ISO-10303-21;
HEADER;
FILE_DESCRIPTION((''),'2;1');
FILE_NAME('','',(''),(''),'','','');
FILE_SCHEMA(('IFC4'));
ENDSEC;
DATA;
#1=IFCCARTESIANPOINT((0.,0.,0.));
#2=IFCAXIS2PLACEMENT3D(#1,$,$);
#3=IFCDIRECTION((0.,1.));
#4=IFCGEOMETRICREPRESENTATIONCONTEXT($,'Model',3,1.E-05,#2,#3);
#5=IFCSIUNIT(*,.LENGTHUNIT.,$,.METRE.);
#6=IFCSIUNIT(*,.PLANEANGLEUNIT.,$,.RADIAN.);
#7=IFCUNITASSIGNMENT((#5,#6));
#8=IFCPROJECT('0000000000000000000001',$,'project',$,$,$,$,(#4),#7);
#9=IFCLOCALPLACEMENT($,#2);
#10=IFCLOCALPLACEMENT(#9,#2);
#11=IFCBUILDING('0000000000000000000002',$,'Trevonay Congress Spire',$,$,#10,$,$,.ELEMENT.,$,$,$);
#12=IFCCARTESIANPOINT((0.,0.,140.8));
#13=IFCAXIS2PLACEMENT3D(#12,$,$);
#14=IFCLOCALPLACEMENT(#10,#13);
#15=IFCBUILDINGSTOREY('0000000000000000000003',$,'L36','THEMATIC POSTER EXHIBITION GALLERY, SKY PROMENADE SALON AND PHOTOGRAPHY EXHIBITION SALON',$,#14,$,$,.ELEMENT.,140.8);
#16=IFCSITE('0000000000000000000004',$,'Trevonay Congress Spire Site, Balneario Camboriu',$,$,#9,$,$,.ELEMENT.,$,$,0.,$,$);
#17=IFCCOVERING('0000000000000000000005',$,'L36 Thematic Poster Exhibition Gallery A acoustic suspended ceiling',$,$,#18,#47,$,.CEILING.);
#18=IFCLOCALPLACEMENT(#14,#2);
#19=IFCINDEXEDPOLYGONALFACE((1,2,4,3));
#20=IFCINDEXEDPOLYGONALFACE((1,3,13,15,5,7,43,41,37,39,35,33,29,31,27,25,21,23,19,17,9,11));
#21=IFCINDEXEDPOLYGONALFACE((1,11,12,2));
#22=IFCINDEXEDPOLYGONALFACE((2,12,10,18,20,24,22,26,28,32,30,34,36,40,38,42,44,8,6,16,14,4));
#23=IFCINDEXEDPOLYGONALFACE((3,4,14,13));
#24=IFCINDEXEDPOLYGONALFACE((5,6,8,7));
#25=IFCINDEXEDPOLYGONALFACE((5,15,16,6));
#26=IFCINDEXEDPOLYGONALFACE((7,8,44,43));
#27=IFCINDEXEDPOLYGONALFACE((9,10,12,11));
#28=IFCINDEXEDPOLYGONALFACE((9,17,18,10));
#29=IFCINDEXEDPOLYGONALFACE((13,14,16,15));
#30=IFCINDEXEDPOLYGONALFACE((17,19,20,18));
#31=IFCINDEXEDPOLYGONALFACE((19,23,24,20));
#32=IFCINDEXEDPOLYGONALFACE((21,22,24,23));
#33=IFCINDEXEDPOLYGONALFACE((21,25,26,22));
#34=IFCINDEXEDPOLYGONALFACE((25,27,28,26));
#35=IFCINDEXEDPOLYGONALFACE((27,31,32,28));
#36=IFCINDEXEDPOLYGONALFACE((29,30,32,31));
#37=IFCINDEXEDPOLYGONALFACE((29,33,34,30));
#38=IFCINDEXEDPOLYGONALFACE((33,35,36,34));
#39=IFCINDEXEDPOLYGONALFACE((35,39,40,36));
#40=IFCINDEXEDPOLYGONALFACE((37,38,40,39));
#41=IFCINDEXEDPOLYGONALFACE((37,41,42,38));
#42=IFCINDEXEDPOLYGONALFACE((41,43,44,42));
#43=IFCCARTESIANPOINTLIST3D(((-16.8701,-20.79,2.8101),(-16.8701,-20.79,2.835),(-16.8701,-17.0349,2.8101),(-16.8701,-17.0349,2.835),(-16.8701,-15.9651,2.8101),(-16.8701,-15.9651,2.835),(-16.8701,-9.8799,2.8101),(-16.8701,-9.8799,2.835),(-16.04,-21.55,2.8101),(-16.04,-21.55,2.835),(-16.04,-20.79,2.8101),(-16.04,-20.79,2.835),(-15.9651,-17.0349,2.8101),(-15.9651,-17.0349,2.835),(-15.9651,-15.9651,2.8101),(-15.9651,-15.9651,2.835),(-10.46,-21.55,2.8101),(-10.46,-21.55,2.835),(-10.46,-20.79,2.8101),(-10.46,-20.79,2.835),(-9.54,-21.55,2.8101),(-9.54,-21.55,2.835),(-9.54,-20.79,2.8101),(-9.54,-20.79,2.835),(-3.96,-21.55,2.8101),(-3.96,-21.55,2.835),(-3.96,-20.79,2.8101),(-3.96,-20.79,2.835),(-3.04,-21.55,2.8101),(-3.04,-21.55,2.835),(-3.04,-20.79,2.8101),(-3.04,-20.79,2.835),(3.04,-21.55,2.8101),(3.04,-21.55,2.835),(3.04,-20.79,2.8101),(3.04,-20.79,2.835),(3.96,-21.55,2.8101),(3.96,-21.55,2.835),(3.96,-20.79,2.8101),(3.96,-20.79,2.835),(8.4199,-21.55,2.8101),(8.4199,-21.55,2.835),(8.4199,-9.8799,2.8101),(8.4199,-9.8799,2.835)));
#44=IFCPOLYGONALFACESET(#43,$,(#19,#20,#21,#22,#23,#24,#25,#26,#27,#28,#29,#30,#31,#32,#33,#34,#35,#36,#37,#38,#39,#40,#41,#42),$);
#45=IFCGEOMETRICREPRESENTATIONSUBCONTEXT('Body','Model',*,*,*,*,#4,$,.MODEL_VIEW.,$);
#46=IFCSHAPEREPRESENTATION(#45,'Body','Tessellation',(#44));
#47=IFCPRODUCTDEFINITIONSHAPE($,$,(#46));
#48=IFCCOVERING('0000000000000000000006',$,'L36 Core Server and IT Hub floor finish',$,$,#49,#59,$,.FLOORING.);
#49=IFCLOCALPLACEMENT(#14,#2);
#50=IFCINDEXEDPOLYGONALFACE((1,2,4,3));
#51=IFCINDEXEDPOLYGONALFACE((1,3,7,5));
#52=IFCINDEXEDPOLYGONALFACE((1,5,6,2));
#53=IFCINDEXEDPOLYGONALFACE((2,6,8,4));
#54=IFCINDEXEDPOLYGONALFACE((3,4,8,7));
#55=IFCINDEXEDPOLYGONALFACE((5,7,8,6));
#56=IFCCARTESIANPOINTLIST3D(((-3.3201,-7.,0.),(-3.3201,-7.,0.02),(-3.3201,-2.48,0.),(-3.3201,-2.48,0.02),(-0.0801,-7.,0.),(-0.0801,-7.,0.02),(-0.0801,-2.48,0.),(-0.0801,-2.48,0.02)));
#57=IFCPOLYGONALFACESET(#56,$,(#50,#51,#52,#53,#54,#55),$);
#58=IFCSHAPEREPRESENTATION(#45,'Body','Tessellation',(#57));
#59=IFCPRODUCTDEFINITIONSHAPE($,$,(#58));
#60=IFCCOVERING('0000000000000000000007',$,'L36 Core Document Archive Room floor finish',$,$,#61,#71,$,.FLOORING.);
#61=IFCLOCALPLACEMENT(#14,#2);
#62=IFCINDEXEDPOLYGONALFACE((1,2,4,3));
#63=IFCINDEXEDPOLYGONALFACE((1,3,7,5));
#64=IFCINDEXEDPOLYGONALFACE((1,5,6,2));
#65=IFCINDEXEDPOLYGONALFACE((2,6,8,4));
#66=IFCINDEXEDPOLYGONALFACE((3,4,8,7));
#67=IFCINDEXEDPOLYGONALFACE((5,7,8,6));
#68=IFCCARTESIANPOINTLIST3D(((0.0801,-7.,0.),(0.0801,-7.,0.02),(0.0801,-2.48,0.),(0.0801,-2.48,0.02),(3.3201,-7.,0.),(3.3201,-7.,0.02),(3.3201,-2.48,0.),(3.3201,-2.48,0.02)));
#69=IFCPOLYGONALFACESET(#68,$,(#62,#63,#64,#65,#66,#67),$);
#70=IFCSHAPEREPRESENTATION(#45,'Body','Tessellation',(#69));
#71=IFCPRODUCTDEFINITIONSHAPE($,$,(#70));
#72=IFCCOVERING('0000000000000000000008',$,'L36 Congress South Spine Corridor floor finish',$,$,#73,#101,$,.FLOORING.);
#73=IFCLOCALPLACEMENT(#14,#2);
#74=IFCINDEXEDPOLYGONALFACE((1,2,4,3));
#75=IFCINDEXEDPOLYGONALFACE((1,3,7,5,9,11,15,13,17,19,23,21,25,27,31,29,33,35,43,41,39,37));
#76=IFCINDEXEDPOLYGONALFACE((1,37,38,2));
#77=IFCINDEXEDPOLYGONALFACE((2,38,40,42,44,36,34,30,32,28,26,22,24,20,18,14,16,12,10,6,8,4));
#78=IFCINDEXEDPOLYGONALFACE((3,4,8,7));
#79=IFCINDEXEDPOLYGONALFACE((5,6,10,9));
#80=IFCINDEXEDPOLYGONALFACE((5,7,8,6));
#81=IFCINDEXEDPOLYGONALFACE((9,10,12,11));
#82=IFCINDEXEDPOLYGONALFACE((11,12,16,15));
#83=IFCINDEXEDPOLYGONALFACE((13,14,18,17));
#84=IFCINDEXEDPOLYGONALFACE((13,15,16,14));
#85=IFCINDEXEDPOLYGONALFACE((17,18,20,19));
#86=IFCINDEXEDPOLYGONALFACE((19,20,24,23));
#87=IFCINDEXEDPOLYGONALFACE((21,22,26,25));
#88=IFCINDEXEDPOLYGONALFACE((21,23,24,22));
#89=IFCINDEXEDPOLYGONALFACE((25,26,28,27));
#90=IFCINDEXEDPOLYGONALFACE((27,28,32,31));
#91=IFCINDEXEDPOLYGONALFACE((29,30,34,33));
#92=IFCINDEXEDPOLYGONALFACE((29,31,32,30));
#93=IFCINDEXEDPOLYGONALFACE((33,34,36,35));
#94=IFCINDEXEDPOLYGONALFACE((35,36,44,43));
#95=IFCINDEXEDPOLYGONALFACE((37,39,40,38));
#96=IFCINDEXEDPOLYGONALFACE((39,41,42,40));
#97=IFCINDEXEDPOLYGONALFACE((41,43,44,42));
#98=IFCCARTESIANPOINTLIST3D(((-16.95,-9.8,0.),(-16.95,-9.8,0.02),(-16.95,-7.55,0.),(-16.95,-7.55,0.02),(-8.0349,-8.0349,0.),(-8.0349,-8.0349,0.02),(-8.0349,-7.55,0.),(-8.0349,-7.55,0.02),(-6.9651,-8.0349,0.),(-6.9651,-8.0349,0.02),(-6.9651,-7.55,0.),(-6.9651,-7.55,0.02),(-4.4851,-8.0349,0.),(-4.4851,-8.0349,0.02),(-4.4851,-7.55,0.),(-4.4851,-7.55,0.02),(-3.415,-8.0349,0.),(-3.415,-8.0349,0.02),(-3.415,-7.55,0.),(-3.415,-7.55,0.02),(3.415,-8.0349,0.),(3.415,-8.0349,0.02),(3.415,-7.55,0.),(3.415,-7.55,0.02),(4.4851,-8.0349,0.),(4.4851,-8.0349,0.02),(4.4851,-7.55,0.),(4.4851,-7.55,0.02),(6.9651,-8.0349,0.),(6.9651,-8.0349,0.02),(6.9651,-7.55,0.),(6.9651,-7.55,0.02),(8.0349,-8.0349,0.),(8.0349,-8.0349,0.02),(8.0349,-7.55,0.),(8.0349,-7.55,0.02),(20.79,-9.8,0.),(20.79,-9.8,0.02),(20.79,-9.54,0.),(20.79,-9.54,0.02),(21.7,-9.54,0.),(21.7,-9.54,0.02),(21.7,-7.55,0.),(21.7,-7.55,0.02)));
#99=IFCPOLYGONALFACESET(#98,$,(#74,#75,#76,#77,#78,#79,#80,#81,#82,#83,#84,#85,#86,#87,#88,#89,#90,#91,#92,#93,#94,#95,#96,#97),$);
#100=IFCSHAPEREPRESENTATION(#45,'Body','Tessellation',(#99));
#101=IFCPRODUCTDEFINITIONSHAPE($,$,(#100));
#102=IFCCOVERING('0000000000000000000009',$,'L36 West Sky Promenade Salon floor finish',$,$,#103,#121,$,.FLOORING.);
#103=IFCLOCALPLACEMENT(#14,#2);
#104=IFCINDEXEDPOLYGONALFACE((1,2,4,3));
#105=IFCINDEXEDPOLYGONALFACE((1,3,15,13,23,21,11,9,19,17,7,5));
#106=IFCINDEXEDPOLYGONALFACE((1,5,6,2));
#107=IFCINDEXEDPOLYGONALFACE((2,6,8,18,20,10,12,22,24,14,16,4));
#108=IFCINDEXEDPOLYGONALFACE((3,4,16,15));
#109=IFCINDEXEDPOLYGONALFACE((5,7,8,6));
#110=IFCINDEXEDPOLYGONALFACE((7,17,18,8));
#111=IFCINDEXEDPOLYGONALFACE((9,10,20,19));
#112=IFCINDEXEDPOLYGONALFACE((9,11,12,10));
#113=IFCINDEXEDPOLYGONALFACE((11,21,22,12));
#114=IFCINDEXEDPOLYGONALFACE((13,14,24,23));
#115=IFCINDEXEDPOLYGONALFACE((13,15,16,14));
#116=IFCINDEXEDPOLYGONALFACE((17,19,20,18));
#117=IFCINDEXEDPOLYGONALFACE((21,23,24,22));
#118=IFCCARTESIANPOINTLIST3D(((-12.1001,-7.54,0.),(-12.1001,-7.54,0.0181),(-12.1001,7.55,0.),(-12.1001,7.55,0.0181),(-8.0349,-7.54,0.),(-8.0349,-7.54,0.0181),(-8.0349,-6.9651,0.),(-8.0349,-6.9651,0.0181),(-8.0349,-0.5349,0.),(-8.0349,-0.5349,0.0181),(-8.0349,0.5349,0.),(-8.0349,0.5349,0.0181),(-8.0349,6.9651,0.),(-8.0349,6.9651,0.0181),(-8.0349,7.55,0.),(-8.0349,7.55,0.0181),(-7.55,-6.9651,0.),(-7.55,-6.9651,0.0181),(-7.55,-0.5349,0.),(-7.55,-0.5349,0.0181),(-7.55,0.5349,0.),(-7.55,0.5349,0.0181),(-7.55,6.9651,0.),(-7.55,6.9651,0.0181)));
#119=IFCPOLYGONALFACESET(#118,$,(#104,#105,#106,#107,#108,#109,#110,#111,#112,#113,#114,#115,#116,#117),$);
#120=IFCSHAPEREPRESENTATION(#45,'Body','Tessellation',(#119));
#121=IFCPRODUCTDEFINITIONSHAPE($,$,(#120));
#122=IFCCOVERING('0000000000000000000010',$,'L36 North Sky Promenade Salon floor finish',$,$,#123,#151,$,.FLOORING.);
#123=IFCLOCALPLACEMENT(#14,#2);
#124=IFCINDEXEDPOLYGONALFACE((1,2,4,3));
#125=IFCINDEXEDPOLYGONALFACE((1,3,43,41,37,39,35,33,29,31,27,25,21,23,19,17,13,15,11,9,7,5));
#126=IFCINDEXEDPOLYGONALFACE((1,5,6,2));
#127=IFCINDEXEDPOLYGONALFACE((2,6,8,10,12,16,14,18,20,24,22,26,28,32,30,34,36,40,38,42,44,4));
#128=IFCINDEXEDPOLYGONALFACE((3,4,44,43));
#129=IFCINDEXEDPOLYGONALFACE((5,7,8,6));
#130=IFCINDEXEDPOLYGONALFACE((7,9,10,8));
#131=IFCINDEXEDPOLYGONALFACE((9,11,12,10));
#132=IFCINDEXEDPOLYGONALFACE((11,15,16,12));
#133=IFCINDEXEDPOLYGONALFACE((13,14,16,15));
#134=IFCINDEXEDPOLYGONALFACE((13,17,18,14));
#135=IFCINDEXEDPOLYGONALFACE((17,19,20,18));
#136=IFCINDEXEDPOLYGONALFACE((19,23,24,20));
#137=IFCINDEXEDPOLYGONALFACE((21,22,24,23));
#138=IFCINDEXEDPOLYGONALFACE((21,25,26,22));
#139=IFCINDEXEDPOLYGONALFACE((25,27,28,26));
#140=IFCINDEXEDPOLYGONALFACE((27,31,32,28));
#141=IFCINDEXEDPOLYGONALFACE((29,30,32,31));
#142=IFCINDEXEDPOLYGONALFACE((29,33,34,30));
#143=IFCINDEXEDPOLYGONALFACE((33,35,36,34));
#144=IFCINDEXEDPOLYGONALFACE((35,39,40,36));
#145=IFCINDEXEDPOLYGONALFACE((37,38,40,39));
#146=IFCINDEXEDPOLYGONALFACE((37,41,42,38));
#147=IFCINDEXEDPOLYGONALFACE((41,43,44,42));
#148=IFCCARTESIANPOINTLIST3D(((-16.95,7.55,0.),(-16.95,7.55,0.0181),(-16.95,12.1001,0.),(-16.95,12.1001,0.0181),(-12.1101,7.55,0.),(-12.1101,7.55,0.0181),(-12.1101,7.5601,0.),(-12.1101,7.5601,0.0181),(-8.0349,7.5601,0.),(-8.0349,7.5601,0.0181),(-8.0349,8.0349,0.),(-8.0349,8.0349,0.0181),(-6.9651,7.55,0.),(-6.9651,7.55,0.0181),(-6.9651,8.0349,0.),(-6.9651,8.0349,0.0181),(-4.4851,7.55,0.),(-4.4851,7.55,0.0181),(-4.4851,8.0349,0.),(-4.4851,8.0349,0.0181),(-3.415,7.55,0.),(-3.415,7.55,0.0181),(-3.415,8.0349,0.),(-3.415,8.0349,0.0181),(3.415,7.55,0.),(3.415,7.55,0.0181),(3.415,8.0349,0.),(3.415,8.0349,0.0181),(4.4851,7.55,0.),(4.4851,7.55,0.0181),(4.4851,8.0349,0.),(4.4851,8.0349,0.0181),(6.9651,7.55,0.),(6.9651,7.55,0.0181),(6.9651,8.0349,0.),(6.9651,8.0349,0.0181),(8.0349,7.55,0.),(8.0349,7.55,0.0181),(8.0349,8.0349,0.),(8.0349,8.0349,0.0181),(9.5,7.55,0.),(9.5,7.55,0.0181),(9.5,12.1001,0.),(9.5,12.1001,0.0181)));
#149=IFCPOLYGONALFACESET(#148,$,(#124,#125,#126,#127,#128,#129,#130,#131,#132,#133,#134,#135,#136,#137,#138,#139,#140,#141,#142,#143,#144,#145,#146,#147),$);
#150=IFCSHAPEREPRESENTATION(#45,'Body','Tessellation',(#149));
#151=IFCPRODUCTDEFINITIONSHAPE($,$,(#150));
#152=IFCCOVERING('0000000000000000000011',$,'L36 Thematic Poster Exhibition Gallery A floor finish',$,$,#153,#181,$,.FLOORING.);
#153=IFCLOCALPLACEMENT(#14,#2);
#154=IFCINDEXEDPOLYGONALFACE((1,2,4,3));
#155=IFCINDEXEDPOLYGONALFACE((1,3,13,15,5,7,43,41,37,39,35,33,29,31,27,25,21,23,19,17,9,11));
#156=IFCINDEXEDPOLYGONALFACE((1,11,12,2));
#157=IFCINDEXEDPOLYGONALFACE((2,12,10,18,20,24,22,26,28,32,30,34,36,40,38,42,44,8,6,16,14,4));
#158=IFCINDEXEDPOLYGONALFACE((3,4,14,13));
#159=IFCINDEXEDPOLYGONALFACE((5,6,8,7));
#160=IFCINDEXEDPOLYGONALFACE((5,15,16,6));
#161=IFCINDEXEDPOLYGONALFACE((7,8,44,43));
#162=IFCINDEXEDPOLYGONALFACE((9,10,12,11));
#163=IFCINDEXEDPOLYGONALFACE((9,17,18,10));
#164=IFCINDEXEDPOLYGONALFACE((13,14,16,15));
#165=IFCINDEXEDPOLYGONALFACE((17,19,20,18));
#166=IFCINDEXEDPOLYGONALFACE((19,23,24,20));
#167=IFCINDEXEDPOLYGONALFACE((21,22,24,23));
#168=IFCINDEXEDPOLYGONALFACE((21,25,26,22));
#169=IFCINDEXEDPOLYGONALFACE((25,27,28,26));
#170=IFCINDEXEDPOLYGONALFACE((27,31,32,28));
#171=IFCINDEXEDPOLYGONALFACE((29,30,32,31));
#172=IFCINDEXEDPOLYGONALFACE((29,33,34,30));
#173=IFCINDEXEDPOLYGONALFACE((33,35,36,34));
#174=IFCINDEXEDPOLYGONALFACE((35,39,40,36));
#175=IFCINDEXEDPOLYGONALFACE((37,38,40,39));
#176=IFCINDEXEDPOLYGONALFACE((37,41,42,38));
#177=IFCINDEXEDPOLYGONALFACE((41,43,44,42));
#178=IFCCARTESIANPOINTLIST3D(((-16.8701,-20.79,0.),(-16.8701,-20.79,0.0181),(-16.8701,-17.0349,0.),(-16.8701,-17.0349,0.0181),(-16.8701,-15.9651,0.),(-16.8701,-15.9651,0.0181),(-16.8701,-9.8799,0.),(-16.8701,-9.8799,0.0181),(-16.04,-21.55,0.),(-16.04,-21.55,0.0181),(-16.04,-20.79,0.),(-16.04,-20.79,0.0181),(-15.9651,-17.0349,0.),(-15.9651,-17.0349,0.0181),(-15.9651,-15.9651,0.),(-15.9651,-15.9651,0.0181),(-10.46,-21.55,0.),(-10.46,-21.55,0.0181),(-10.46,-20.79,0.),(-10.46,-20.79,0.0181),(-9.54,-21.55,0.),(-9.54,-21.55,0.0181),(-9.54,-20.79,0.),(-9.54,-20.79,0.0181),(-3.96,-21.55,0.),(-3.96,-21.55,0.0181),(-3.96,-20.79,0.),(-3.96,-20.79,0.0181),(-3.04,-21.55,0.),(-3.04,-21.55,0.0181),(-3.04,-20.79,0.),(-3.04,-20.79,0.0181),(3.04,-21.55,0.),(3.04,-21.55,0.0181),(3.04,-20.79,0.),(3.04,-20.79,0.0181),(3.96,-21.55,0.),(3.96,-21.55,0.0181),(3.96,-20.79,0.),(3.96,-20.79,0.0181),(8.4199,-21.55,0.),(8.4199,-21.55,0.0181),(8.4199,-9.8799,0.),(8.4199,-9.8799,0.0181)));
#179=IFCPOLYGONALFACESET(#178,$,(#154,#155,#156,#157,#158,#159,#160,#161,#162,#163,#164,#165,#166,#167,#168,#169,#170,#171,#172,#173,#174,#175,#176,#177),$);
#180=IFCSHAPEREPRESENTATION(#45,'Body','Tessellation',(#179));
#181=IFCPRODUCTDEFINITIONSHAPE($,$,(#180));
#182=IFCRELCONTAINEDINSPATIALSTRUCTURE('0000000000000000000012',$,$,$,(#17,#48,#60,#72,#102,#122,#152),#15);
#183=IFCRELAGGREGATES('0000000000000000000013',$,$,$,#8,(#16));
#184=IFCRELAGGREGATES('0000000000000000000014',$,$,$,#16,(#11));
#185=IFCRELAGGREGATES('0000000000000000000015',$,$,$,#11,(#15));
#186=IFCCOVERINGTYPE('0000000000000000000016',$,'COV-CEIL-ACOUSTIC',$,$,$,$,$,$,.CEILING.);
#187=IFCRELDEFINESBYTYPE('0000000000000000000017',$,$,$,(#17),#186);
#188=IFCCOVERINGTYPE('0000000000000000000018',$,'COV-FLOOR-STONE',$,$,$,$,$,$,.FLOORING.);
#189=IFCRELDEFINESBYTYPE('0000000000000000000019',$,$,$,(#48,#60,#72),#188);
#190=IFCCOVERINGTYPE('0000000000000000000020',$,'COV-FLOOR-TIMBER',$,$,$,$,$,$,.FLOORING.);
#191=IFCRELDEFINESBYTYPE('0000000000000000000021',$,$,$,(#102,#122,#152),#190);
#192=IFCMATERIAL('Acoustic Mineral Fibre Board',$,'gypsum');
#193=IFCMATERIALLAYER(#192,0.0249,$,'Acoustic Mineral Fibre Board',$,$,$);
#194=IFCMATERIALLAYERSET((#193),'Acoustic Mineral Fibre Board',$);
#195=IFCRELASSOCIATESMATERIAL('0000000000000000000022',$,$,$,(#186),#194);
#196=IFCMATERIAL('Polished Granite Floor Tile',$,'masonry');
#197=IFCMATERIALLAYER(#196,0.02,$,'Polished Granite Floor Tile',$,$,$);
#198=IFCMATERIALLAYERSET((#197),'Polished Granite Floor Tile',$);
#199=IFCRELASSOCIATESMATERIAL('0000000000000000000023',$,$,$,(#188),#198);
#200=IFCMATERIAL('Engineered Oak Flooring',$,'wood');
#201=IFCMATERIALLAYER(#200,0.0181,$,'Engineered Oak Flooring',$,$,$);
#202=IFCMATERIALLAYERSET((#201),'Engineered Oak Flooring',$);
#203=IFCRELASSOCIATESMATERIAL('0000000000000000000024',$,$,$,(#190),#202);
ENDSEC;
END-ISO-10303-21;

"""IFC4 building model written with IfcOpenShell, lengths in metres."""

from ifc_helpers import new_model, si_unit, direction, frame, origin, place, context, subcontext, project, spatial, polyline, outline, extrude, material, layer, layer_set, type_object, element, save


model = new_model("IFC4")

# Units and contexts
model_context = context("Model", 3, precision=1e-05, world=origin(), true_north=direction((0.0, 1.0)))
body_context = subcontext(model_context, "Body", "Model", "MODEL_VIEW")
ifc_project = project(units=[si_unit("LENGTHUNIT", "METRE"), si_unit("PLANEANGLEUNIT", "RADIAN")], contexts=[model_context])

# Site, building, storey
site_placement = place(None, origin())
site = spatial("IfcSite", under=ifc_project, at=site_placement, Name="Trevonay Congress Spire Site, Balneario Camboriu", CompositionType="ELEMENT", RefElevation=0.0)
building_placement = place(site_placement, origin())
building = spatial("IfcBuilding", under=site, at=building_placement, Name="Trevonay Congress Spire", CompositionType="ELEMENT")
storey_placement = place(building_placement, frame((0.0, 0.0, 140.8)))
storey = spatial("IfcBuildingStorey", under=building, at=storey_placement, Name="L36", Description="THEMATIC POSTER EXHIBITION GALLERY, SKY PROMENADE SALON AND PHOTOGRAPHY EXHIBITION SALON", CompositionType="ELEMENT", Elevation=140.8)

# Coverings
ifc_material_1 = material(Name="Acoustic Mineral Fibre Board", Category="gypsum")
ifc_layer_1 = layer(ifc_material_1, 0.0249, Name="Acoustic Mineral Fibre Board")
ifc_layer_set_1 = layer_set([ifc_layer_1], Name="Acoustic Mineral Fibre Board")
covering_type_1 = type_object("IfcCoveringType", Name="COV-CEIL-ACOUSTIC", PredefinedType="CEILING", material=ifc_layer_set_1)
covering_1_placement = place(storey_placement, frame((0.0, 0.0, 2.8101)))
element("IfcCovering", 1, at=covering_1_placement, inside=storey, type_object=covering_type_1, Name="L36 Thematic Poster Exhibition Gallery A acoustic suspended ceiling", PredefinedType="CEILING", context=body_context, shape_type="SweptSolid", body=[
    extrude(outline(polyline([(-16.04, -21.55), (-16.04, -20.79), (-16.8701, -20.79), (-16.8701, -17.0349), (-15.9651, -17.0349), (-15.9651, -15.9651), (-16.8701, -15.9651), (-16.8701, -9.8799), (8.4199, -9.8799), (8.4199, -21.55), (3.96, -21.55), (3.96, -20.79), (3.04, -20.79), (3.04, -21.55), (-3.04, -21.55), (-3.04, -20.79), (-3.96, -20.79), (-3.96, -21.55), (-9.54, -21.55), (-9.54, -20.79), (-10.46, -20.79), (-10.46, -21.55), (-16.04, -21.55)])), origin(), (0.0, 0.0, 1.0), 0.0249),
])
ifc_material_2 = material(Name="Polished Granite Floor Tile", Category="masonry")
ifc_layer_2 = layer(ifc_material_2, 0.02, Name="Polished Granite Floor Tile")
ifc_layer_set_2 = layer_set([ifc_layer_2], Name="Polished Granite Floor Tile")
covering_type_2 = type_object("IfcCoveringType", Name="COV-FLOOR-STONE", PredefinedType="FLOORING", material=ifc_layer_set_2)
covering_2_placement = place(storey_placement, origin())
element("IfcCovering", 2, at=covering_2_placement, inside=storey, type_object=covering_type_2, Name="L36 Core Server and IT Hub floor finish", PredefinedType="FLOORING", context=body_context, shape_type="SweptSolid", body=[
    extrude(outline(polyline([(-3.3201, -7.0), (-0.0801, -7.0), (-0.0801, -2.48), (-3.3201, -2.48), (-3.3201, -7.0)])), origin(), (0.0, 0.0, 1.0), 0.02),
])
covering_3_placement = place(storey_placement, origin())
element("IfcCovering", 3, at=covering_3_placement, inside=storey, type_object=covering_type_2, Name="L36 Core Document Archive Room floor finish", PredefinedType="FLOORING", context=body_context, shape_type="SweptSolid", body=[
    extrude(outline(polyline([(0.0801, -7.0), (3.3201, -7.0), (3.3201, -2.48), (0.0801, -2.48), (0.0801, -7.0)])), origin(), (0.0, 0.0, 1.0), 0.02),
])
covering_4_placement = place(storey_placement, origin())
element("IfcCovering", 4, at=covering_4_placement, inside=storey, type_object=covering_type_2, Name="L36 Congress South Spine Corridor floor finish", PredefinedType="FLOORING", context=body_context, shape_type="SweptSolid", body=[
    extrude(outline(polyline([(-16.95, -9.8), (-16.95, -7.55), (-8.0349, -7.55), (-8.0349, -8.0349), (-6.9651, -8.0349), (-6.9651, -7.55), (-4.4851, -7.55), (-4.4851, -8.0349), (-3.415, -8.0349), (-3.415, -7.55), (3.415, -7.55), (3.415, -8.0349), (4.4851, -8.0349), (4.4851, -7.55), (6.9651, -7.55), (6.9651, -8.0349), (8.0349, -8.0349), (8.0349, -7.55), (21.7, -7.55), (21.7, -9.54), (20.79, -9.54), (20.79, -9.8), (-16.95, -9.8)])), origin(), (0.0, 0.0, 1.0), 0.02),
])
ifc_material_3 = material(Name="Engineered Oak Flooring", Category="wood")
ifc_layer_3 = layer(ifc_material_3, 0.0181, Name="Engineered Oak Flooring")
ifc_layer_set_3 = layer_set([ifc_layer_3], Name="Engineered Oak Flooring")
covering_type_3 = type_object("IfcCoveringType", Name="COV-FLOOR-TIMBER", PredefinedType="FLOORING", material=ifc_layer_set_3)
covering_5_placement = place(storey_placement, origin())
element("IfcCovering", 5, at=covering_5_placement, inside=storey, type_object=covering_type_3, Name="L36 West Sky Promenade Salon floor finish", PredefinedType="FLOORING", context=body_context, shape_type="SweptSolid", body=[
    extrude(outline(polyline([(-12.1001, 7.55), (-8.0349, 7.55), (-8.0349, 6.9651), (-7.55, 6.9651), (-7.55, 0.5349), (-8.0349, 0.5349), (-8.0349, -0.5349), (-7.55, -0.5349), (-7.55, -6.9651), (-8.0349, -6.9651), (-8.0349, -7.54), (-12.1001, -7.54), (-12.1001, 7.55)])), origin(), (0.0, 0.0, 1.0), 0.0181),
])
covering_6_placement = place(storey_placement, origin())
element("IfcCovering", 6, at=covering_6_placement, inside=storey, type_object=covering_type_3, Name="L36 North Sky Promenade Salon floor finish", PredefinedType="FLOORING", context=body_context, shape_type="SweptSolid", body=[
    extrude(outline(polyline([(-16.95, 12.1001), (9.5, 12.1001), (9.5, 7.55), (8.0349, 7.55), (8.0349, 8.0349), (6.9651, 8.0349), (6.9651, 7.55), (4.4851, 7.55), (4.4851, 8.0349), (3.415, 8.0349), (3.415, 7.55), (-3.415, 7.55), (-3.415, 8.0349), (-4.4851, 8.0349), (-4.4851, 7.55), (-6.9651, 7.55), (-6.9651, 8.0349), (-8.0349, 8.0349), (-8.0349, 7.5601), (-12.1101, 7.5601), (-12.1101, 7.55), (-16.95, 7.55), (-16.95, 12.1001)])), origin(), (0.0, 0.0, 1.0), 0.0181),
])
covering_7_placement = place(storey_placement, origin())
element("IfcCovering", 7, at=covering_7_placement, inside=storey, type_object=covering_type_3, Name="L36 Thematic Poster Exhibition Gallery A floor finish", PredefinedType="FLOORING", context=body_context, shape_type="SweptSolid", body=[
    extrude(outline(polyline([(-16.04, -21.55), (-16.04, -20.79), (-16.8701, -20.79), (-16.8701, -17.0349), (-15.9651, -17.0349), (-15.9651, -15.9651), (-16.8701, -15.9651), (-16.8701, -9.8799), (8.4199, -9.8799), (8.4199, -21.55), (3.96, -21.55), (3.96, -20.79), (3.04, -20.79), (3.04, -21.55), (-3.04, -21.55), (-3.04, -20.79), (-3.96, -20.79), (-3.96, -21.55), (-9.54, -21.55), (-9.54, -20.79), (-10.46, -20.79), (-10.46, -21.55), (-16.04, -21.55)])), origin(), (0.0, 0.0, 1.0), 0.0181),
])

save(model, "model.ifc")
